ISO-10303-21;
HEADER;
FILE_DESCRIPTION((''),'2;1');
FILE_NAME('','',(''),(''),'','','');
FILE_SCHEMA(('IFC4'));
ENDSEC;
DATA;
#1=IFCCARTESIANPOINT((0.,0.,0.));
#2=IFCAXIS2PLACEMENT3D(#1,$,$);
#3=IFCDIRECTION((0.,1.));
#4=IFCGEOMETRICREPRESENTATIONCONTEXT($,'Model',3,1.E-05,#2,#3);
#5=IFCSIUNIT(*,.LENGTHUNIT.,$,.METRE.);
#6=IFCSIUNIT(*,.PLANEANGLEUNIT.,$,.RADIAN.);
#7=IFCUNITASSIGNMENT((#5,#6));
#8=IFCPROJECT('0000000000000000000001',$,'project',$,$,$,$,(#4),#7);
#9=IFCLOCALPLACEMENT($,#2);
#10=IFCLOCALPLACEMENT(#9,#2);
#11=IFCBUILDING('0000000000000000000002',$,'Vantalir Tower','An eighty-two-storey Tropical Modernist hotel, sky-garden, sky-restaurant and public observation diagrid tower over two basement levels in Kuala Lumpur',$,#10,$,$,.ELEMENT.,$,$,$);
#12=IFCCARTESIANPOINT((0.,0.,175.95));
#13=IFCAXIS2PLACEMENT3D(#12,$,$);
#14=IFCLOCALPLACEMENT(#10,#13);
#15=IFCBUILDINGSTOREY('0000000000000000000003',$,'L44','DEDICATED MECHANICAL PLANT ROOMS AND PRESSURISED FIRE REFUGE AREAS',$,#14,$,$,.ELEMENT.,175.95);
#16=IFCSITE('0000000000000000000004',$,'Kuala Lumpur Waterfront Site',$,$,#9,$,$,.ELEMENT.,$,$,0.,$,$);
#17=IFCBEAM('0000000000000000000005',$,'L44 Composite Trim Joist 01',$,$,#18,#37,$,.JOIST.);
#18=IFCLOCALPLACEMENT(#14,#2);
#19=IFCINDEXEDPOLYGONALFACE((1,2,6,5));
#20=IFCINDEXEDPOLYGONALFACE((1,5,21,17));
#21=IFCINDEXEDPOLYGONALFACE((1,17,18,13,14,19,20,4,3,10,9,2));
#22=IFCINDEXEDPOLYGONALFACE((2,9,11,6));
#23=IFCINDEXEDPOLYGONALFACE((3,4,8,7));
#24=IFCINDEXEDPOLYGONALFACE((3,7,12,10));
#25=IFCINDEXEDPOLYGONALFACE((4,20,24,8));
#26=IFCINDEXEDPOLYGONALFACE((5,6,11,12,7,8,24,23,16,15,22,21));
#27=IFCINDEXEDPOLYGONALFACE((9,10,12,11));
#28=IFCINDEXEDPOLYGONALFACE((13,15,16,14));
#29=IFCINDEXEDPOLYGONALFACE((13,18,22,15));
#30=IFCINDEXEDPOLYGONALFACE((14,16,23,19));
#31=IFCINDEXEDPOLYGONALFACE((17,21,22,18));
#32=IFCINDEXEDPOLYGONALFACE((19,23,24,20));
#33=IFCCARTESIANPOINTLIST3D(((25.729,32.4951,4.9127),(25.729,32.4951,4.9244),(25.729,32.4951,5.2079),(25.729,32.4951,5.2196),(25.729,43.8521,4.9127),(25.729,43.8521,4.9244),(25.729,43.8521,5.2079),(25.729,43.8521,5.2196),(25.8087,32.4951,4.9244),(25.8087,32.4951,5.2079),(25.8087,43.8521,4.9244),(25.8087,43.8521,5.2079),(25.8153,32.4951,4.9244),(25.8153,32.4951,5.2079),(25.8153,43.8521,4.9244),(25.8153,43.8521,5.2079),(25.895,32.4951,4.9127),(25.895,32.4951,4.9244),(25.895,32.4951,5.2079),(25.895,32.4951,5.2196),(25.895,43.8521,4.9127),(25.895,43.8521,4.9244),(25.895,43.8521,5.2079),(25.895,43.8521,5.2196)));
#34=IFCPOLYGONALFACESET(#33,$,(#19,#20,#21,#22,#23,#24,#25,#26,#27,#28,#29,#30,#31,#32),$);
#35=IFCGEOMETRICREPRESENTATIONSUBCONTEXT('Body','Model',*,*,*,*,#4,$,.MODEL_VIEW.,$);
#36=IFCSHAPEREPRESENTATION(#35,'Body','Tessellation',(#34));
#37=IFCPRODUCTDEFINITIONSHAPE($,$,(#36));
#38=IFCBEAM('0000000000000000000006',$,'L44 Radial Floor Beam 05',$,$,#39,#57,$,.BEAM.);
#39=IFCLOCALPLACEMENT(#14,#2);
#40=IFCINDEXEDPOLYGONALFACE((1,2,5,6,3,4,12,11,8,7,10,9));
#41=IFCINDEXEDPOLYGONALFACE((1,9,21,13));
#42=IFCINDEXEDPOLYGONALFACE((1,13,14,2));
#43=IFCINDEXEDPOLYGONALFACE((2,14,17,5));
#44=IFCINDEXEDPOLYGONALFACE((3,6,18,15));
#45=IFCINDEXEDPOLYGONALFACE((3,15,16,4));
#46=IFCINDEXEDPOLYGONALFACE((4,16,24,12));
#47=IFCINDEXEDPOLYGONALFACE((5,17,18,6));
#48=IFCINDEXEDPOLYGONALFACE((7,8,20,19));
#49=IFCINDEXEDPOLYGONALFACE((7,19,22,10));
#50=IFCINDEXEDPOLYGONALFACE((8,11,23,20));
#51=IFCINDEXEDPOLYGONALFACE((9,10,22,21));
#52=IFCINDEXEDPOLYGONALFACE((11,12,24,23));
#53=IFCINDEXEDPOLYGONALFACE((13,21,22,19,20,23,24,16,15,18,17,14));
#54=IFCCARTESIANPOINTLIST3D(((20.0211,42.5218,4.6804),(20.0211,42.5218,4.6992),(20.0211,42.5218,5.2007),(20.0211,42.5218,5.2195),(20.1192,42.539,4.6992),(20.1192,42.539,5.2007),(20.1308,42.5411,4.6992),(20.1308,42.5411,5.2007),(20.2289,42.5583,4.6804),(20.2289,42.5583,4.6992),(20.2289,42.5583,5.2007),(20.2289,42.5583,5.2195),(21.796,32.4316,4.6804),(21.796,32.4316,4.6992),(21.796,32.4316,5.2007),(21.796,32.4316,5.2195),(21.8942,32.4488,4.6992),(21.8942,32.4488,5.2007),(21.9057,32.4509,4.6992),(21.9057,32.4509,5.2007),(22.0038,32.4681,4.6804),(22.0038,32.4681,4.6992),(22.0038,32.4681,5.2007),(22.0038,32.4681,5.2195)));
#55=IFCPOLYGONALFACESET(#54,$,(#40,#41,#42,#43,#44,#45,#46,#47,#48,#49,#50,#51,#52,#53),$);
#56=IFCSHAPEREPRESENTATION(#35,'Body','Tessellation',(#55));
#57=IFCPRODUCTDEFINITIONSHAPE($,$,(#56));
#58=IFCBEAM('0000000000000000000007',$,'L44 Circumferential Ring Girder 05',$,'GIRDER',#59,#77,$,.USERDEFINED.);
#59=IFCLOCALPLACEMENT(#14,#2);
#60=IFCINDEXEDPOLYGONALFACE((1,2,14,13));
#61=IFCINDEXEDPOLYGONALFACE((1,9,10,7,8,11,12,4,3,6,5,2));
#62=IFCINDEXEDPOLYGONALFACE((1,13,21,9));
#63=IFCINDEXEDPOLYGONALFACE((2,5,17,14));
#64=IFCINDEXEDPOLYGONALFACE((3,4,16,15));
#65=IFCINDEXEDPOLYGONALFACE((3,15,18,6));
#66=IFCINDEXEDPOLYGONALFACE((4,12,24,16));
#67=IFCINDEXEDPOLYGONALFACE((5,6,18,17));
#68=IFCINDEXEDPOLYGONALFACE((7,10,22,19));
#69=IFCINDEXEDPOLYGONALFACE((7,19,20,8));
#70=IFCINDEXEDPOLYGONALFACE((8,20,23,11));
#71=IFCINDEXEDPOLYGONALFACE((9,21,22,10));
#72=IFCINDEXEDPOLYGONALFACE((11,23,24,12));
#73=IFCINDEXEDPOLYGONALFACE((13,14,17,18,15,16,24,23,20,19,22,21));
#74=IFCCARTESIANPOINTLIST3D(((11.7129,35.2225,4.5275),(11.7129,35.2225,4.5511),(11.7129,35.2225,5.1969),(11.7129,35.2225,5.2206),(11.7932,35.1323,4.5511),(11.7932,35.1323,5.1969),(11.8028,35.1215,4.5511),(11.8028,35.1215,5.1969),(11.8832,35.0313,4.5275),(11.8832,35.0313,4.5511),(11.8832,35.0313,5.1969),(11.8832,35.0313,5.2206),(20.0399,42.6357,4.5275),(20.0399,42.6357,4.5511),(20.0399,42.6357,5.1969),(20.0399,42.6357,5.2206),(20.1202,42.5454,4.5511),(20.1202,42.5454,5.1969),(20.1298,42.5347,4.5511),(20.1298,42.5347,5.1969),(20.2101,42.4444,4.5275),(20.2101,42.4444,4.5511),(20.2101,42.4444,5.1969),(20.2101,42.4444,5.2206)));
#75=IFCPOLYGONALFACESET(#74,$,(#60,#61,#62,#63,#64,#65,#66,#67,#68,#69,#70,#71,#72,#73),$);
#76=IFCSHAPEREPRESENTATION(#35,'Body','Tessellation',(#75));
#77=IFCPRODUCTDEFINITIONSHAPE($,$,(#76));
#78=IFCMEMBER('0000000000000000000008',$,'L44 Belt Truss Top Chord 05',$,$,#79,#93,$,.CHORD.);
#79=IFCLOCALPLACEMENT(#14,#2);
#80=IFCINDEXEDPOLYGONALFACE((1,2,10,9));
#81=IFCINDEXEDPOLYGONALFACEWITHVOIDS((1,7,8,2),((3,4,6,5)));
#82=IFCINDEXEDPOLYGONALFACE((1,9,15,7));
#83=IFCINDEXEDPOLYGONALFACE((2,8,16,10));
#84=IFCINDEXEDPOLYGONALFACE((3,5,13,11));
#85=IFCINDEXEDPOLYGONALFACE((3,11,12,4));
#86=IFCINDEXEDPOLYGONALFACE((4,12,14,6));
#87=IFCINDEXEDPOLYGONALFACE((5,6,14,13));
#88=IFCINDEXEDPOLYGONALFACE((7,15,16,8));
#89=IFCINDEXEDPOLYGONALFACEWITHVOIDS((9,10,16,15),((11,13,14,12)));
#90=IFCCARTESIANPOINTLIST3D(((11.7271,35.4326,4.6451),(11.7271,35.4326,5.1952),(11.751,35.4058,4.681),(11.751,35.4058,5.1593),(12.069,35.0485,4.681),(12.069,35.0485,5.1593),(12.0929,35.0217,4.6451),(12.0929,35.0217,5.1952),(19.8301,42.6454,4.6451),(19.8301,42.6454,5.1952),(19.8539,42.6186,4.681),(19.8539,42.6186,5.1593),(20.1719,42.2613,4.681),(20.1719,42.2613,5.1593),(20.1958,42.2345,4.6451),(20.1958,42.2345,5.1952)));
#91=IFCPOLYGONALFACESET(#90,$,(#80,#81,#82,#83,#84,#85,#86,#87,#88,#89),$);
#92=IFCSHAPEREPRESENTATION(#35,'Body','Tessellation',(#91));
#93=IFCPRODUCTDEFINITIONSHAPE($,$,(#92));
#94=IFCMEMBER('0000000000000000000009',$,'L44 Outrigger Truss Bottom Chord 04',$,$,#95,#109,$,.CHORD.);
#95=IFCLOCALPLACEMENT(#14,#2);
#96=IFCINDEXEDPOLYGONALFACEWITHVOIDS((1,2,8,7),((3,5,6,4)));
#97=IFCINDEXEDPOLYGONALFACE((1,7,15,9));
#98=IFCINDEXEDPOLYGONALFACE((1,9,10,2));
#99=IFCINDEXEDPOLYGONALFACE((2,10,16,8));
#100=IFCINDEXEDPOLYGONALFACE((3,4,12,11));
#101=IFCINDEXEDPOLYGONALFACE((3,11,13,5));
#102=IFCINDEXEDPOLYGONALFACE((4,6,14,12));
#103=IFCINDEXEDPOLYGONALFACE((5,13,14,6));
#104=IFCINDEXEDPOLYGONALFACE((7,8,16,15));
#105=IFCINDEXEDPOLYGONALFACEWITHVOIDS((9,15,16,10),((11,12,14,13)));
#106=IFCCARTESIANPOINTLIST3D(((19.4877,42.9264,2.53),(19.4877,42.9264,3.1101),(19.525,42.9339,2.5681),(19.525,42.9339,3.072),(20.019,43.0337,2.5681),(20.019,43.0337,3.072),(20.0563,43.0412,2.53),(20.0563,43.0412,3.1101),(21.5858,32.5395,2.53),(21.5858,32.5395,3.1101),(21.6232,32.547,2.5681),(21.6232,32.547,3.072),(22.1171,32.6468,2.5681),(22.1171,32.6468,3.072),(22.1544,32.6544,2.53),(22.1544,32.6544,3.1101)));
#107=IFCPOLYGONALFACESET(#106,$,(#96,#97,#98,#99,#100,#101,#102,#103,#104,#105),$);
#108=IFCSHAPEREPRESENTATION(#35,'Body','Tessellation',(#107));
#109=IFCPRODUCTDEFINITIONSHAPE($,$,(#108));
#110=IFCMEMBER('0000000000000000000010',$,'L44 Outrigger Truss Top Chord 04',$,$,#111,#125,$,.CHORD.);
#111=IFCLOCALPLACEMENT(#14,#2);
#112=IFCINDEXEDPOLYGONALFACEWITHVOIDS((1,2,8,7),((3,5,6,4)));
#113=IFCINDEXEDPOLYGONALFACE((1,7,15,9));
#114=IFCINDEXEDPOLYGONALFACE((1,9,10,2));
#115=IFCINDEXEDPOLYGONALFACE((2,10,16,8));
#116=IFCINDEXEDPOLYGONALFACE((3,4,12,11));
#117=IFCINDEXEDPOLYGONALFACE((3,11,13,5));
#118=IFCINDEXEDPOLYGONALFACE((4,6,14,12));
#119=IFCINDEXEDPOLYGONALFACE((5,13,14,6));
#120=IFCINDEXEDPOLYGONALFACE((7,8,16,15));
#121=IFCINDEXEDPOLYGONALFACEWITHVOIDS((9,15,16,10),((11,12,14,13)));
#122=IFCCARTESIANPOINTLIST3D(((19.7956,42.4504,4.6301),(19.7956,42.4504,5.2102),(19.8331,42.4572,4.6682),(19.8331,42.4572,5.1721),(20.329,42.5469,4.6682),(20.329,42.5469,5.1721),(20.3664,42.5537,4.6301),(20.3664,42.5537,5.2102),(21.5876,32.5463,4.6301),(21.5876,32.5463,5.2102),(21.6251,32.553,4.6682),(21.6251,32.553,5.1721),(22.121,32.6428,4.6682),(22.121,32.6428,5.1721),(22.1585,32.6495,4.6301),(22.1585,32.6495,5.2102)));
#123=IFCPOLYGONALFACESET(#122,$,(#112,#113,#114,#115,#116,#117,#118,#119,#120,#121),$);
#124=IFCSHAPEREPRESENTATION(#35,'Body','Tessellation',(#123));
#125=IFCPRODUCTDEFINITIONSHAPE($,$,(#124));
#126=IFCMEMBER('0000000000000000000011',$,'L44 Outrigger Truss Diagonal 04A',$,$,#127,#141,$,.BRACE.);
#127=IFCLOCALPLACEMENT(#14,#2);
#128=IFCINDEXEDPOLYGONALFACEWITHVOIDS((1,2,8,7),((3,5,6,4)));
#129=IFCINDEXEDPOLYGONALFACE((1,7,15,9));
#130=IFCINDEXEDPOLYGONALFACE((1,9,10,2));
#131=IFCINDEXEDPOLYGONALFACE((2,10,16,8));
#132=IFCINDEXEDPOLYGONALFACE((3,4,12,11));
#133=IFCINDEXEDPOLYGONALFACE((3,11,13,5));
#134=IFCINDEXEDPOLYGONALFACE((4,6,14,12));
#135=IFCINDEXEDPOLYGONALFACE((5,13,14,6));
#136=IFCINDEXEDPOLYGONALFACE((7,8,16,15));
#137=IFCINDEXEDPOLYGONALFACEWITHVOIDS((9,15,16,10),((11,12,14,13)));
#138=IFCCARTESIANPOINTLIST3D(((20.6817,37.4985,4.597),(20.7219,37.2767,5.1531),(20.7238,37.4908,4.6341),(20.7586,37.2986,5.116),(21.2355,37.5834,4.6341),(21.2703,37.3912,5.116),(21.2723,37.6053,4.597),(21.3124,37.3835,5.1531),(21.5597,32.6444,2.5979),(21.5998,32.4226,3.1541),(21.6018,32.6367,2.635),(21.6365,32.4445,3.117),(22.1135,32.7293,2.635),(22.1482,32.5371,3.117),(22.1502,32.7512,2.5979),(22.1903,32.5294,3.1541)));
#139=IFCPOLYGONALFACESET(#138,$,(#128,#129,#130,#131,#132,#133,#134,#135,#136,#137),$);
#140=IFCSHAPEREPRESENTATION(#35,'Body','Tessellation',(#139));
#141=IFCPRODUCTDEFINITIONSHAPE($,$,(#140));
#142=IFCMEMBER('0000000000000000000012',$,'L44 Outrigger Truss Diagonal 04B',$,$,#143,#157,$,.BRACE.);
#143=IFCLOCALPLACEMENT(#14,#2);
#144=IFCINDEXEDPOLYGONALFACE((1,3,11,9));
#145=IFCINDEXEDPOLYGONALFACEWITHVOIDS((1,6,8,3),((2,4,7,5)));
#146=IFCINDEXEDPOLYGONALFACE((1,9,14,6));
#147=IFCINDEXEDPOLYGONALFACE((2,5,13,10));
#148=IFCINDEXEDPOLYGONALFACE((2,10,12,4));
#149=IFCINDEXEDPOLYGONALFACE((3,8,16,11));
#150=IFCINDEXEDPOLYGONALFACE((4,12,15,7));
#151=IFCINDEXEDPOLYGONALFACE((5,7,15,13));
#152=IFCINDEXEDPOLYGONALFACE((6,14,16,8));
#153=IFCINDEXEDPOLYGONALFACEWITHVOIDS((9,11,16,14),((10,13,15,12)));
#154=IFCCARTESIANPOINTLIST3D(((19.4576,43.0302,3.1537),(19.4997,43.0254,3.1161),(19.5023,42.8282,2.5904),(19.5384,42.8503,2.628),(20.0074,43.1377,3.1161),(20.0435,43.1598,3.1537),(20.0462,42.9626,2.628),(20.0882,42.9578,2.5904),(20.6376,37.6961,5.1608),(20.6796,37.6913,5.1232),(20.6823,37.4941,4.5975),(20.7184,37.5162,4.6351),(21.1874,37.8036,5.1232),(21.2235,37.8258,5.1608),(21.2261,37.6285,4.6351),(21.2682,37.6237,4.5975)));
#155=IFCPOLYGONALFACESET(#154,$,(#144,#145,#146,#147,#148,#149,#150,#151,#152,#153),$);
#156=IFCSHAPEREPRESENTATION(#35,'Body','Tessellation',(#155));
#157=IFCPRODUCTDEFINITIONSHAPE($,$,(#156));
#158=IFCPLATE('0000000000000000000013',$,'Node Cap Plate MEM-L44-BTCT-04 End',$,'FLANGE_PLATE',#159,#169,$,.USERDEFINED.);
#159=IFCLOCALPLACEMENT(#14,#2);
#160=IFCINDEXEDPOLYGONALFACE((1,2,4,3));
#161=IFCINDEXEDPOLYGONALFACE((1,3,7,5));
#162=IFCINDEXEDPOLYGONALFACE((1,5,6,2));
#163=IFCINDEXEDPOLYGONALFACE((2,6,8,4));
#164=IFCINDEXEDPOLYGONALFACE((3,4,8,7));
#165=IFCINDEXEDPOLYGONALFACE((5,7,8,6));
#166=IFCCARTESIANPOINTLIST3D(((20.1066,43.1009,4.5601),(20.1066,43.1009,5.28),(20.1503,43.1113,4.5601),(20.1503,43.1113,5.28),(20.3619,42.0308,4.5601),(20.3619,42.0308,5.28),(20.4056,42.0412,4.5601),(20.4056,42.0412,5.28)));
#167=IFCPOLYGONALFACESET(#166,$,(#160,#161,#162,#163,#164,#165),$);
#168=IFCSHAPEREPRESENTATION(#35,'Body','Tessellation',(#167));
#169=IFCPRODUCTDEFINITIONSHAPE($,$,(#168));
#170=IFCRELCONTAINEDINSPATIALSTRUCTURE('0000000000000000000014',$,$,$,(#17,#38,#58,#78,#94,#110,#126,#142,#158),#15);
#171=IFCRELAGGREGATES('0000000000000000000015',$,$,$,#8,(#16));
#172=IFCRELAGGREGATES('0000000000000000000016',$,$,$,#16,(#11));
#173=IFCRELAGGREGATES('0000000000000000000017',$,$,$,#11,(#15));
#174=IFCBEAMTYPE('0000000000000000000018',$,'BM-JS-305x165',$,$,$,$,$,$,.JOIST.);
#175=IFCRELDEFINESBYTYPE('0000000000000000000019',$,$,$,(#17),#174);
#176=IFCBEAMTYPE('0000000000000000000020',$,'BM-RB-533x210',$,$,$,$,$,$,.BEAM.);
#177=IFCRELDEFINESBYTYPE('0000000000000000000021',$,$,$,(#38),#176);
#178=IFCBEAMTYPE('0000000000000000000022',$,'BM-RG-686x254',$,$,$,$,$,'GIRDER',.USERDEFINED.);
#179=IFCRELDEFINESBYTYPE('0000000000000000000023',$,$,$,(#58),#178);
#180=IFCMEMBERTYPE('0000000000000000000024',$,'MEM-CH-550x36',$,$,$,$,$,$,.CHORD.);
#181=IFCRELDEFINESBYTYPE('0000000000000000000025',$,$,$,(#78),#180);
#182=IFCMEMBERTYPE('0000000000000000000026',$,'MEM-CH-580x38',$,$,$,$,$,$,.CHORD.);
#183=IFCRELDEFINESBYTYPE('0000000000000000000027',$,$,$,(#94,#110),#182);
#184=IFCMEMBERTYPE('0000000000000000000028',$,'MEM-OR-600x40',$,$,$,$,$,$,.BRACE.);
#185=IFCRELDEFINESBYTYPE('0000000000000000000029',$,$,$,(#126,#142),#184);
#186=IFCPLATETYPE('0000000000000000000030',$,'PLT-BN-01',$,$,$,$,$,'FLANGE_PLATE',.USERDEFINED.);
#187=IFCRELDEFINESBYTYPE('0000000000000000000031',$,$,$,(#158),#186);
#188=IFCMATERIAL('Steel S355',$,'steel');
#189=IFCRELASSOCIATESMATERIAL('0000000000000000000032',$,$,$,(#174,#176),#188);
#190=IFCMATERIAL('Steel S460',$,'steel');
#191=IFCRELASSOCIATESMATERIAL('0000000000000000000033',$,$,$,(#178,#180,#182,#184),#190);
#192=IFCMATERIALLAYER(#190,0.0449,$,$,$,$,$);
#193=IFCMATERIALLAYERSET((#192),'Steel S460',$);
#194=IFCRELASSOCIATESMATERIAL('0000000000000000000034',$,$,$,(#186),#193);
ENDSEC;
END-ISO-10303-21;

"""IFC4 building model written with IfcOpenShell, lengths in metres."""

from ifc_helpers import new_model, si_unit, direction, frame, origin, origin_2d, place, context, subcontext, project, spatial, rectangle, hollow_rectangle, i_section, extrude, material, layer, layer_set, material_profile, profile_set, type_object, element, save


model = new_model("IFC4")

# Units and contexts
model_context = context("Model", 3, precision=1e-05, world=origin(), true_north=direction((0.0, 1.0)))
body_context = subcontext(model_context, "Body", "Model", "MODEL_VIEW")
ifc_project = project(units=[si_unit("LENGTHUNIT", "METRE"), si_unit("PLANEANGLEUNIT", "RADIAN")], contexts=[model_context])

# Site, building, storey
site_placement = place(None, origin())
site = spatial("IfcSite", under=ifc_project, at=site_placement, Name="Kuala Lumpur Waterfront Site", CompositionType="ELEMENT", RefElevation=0.0)
building_placement = place(site_placement, origin())
building = spatial("IfcBuilding", under=site, at=building_placement, Name="Vantalir Tower", Description="An eighty-two-storey Tropical Modernist hotel, sky-garden, sky-restaurant and public observation diagrid tower over two basement levels in Kuala Lumpur", CompositionType="ELEMENT")
storey_placement = place(building_placement, frame((0.0, 0.0, 175.95)))
storey = spatial("IfcBuildingStorey", under=building, at=storey_placement, Name="L44", Description="DEDICATED MECHANICAL PLANT ROOMS AND PRESSURISED FIRE REFUGE AREAS", CompositionType="ELEMENT", Elevation=175.95)

# Beams
ifc_material_1 = material(Name="Steel S355", Category="steel")
ifc_material_profile_1 = material_profile(ifc_material_1, i_section(OverallWidth=0.166, OverallDepth=0.3069, WebThickness=0.0066, FlangeThickness=0.0117, at=origin_2d()), Name="Steel S355")
ifc_profile_set_1 = profile_set([ifc_material_profile_1], Name="Steel S355")
beam_type_1 = type_object("IfcBeamType", Name="BM-JS-305x165", PredefinedType="JOIST", material=ifc_profile_set_1)
beam_1_placement = place(storey_placement, frame((25.812, 43.8521, 5.0662), z_axis=(0.0, -1.0, 0.0), x_axis=(1.0, 0.0, 0.0)))
element("IfcBeam", 1, at=beam_1_placement, inside=storey, type_object=beam_type_1, Name="L44 Composite Trim Joist 01", PredefinedType="JOIST", context=body_context, shape_type="SweptSolid", body=[
    extrude(i_section(OverallWidth=0.166, OverallDepth=0.3069, WebThickness=0.0066, FlangeThickness=0.0117, at=origin_2d()), origin(), (0.0, 0.0, 1.0), 11.3569),
])
ifc_material_profile_2 = material_profile(ifc_material_1, i_section(OverallWidth=0.2109, OverallDepth=0.5391, WebThickness=0.0117, FlangeThickness=0.0188, at=origin_2d()), Name="Steel S355")
ifc_profile_set_2 = profile_set([ifc_material_profile_2], Name="Steel S355")
beam_type_2 = type_object("IfcBeamType", Name="BM-RB-533x210", PredefinedType="BEAM", material=ifc_profile_set_2)
beam_2_placement = place(storey_placement, frame((20.125, 42.54, 4.95), z_axis=(0.173246, -0.984879, 0.0), x_axis=(0.984879, 0.173246, 0.0)))
element("IfcBeam", 2, at=beam_2_placement, inside=storey, type_object=beam_type_2, Name="L44 Radial Floor Beam 05", PredefinedType="BEAM", context=body_context, shape_type="SweptSolid", body=[
    extrude(i_section(OverallWidth=0.2109, OverallDepth=0.5391, WebThickness=0.0117, FlangeThickness=0.0188, at=origin_2d()), origin(), (0.0, 0.0, 1.0), 10.2451),
])
ifc_material_2 = material(Name="Steel S460", Category="steel")
ifc_material_profile_3 = material_profile(ifc_material_2, i_section(OverallWidth=0.2561, OverallDepth=0.6931, WebThickness=0.0144, FlangeThickness=0.0237, at=origin_2d()), Name="Steel S460")
ifc_profile_set_3 = profile_set([ifc_material_profile_3], Name="Steel S460")
beam_type_3 = type_object("IfcBeamType", Name="BM-RG-686x254", ElementType="GIRDER", PredefinedType="USERDEFINED", material=ifc_profile_set_3)
beam_3_placement = place(storey_placement, frame((20.125, 42.54, 4.874), z_axis=(-0.746902, -0.664935, 0.0), x_axis=(0.664935, -0.746902, 0.0)))
element("IfcBeam", 3, at=beam_3_placement, inside=storey, type_object=beam_type_3, Name="L44 Circumferential Ring Girder 05", ObjectType="GIRDER", PredefinedType="USERDEFINED", context=body_context, shape_type="SweptSolid", body=[
    extrude(i_section(OverallWidth=0.2561, OverallDepth=0.6931, WebThickness=0.0144, FlangeThickness=0.0237, at=origin_2d()), origin(), (0.0, 0.0, 1.0), 11.1487),
])

# Members
ifc_material_profile_4 = material_profile(ifc_material_2, hollow_rectangle(XDim=0.55, YDim=0.55, WallThickness=0.0359, at=origin_2d()), Name="Steel S460")
ifc_profile_set_4 = profile_set([ifc_material_profile_4], Name="Steel S460")
member_type_1 = type_object("IfcMemberType", Name="MEM-CH-550x36", PredefinedType="CHORD", material=ifc_profile_set_4)
member_1_placement = place(storey_placement, frame((20.0129, 42.4399, 4.9202), z_axis=(-0.746942, -0.664889, 0.0), x_axis=(0.664889, -0.746942, 0.0)))
element("IfcMember", 4, at=member_1_placement, inside=storey, type_object=member_type_1, Name="L44 Belt Truss Top Chord 05", PredefinedType="CHORD", context=body_context, shape_type="SweptSolid", body=[
    extrude(hollow_rectangle(XDim=0.55, YDim=0.55, WallThickness=0.0359, at=origin_2d()), origin(), (0.0, 0.0, 1.0), 10.8481),
])
ifc_material_profile_5 = material_profile(ifc_material_2, hollow_rectangle(XDim=0.5801, YDim=0.5801, WallThickness=0.0381, at=origin_2d()), Name="Steel S460")
ifc_profile_set_5 = profile_set([ifc_material_profile_5], Name="Steel S460")
member_type_2 = type_object("IfcMemberType", Name="MEM-CH-580x38", PredefinedType="CHORD", material=ifc_profile_set_5)
member_2_placement = place(storey_placement, frame((21.8701, 32.5969, 2.8201), z_axis=(-0.197999, 0.980202, 0.0), x_axis=(-0.980202, -0.197999, 0.0)))
element("IfcMember", 5, at=member_2_placement, inside=storey, type_object=member_type_2, Name="L44 Outrigger Truss Bottom Chord 04", PredefinedType="CHORD", context=body_context, shape_type="SweptSolid", body=[
    extrude(hollow_rectangle(XDim=0.5801, YDim=0.5801, WallThickness=0.0381, at=origin_2d()), origin(), (0.0, 0.0, 1.0), 10.5967),
])
member_3_placement = place(storey_placement, frame((21.873, 32.5979, 4.9202), z_axis=(-0.178044, 0.984022, 0.0), x_axis=(-0.984022, -0.178044, 0.0)))
element("IfcMember", 6, at=member_3_placement, inside=storey, type_object=member_type_2, Name="L44 Outrigger Truss Top Chord 04", PredefinedType="CHORD", context=body_context, shape_type="SweptSolid", body=[
    extrude(hollow_rectangle(XDim=0.5801, YDim=0.5801, WallThickness=0.0381, at=origin_2d()), origin(), (0.0, 0.0, 1.0), 10.0649),
])
ifc_material_profile_6 = material_profile(ifc_material_2, hollow_rectangle(XDim=0.6001, YDim=0.6001, WallThickness=0.04, at=origin_2d()), Name="Steel S460")
ifc_profile_set_6 = profile_set([ifc_material_profile_6], Name="Steel S460")
member_type_3 = type_object("IfcMemberType", Name="MEM-OR-600x40", PredefinedType="BRACE", material=ifc_profile_set_6)
member_4_placement = place(storey_placement, frame((21.875, 32.5869, 2.876), z_axis=(-0.164949, 0.911991, 0.375585), x_axis=(-0.984034, -0.177979, 0.0)))
element("IfcMember", 7, at=member_4_placement, inside=storey, type_object=member_type_3, Name="L44 Outrigger Truss Diagonal 04A", PredefinedType="BRACE", context=body_context, shape_type="SweptSolid", body=[
    extrude(hollow_rectangle(XDim=0.6001, YDim=0.6001, WallThickness=0.04, at=origin_2d()), origin(), (0.0, 0.0, 1.0), 5.3225),
])
member_5_placement = place(storey_placement, frame((20.9529, 37.6599, 4.8792), z_axis=(-0.202739, 0.916498, -0.344861), x_axis=(-0.976396, -0.215989, 0.0)))
element("IfcMember", 8, at=member_5_placement, inside=storey, type_object=member_type_3, Name="L44 Outrigger Truss Diagonal 04B", PredefinedType="BRACE", context=body_context, shape_type="SweptSolid", body=[
    extrude(hollow_rectangle(XDim=0.6001, YDim=0.6001, WallThickness=0.04, at=origin_2d()), origin(), (0.0, 0.0, 1.0), 5.8201),
])

# Plate
ifc_layer_1 = layer(ifc_material_2, 0.0449)
ifc_layer_set_1 = layer_set([ifc_layer_1], Name="Steel S460")
plate_type_1 = type_object("IfcPlateType", Name="PLT-BN-01", ElementType="FLANGE_PLATE", PredefinedType="USERDEFINED", material=ifc_layer_set_1)
plate_1_placement = place(storey_placement, frame((20.2561, 42.571, 4.5601), z_axis=(0.0, 0.0, 1.0), x_axis=(-0.972695, -0.232087, 0.0)))
element("IfcPlate", 9, at=plate_1_placement, inside=storey, type_object=plate_type_1, Name="Node Cap Plate MEM-L44-BTCT-04 End", ObjectType="FLANGE_PLATE", PredefinedType="USERDEFINED", context=body_context, shape_type="SweptSolid", body=[
    extrude(rectangle(XDim=0.0449, YDim=1.1001, at=origin_2d()), origin(), (0.0, 0.0, 1.0), 0.72),
])

save(model, "model.ifc")
